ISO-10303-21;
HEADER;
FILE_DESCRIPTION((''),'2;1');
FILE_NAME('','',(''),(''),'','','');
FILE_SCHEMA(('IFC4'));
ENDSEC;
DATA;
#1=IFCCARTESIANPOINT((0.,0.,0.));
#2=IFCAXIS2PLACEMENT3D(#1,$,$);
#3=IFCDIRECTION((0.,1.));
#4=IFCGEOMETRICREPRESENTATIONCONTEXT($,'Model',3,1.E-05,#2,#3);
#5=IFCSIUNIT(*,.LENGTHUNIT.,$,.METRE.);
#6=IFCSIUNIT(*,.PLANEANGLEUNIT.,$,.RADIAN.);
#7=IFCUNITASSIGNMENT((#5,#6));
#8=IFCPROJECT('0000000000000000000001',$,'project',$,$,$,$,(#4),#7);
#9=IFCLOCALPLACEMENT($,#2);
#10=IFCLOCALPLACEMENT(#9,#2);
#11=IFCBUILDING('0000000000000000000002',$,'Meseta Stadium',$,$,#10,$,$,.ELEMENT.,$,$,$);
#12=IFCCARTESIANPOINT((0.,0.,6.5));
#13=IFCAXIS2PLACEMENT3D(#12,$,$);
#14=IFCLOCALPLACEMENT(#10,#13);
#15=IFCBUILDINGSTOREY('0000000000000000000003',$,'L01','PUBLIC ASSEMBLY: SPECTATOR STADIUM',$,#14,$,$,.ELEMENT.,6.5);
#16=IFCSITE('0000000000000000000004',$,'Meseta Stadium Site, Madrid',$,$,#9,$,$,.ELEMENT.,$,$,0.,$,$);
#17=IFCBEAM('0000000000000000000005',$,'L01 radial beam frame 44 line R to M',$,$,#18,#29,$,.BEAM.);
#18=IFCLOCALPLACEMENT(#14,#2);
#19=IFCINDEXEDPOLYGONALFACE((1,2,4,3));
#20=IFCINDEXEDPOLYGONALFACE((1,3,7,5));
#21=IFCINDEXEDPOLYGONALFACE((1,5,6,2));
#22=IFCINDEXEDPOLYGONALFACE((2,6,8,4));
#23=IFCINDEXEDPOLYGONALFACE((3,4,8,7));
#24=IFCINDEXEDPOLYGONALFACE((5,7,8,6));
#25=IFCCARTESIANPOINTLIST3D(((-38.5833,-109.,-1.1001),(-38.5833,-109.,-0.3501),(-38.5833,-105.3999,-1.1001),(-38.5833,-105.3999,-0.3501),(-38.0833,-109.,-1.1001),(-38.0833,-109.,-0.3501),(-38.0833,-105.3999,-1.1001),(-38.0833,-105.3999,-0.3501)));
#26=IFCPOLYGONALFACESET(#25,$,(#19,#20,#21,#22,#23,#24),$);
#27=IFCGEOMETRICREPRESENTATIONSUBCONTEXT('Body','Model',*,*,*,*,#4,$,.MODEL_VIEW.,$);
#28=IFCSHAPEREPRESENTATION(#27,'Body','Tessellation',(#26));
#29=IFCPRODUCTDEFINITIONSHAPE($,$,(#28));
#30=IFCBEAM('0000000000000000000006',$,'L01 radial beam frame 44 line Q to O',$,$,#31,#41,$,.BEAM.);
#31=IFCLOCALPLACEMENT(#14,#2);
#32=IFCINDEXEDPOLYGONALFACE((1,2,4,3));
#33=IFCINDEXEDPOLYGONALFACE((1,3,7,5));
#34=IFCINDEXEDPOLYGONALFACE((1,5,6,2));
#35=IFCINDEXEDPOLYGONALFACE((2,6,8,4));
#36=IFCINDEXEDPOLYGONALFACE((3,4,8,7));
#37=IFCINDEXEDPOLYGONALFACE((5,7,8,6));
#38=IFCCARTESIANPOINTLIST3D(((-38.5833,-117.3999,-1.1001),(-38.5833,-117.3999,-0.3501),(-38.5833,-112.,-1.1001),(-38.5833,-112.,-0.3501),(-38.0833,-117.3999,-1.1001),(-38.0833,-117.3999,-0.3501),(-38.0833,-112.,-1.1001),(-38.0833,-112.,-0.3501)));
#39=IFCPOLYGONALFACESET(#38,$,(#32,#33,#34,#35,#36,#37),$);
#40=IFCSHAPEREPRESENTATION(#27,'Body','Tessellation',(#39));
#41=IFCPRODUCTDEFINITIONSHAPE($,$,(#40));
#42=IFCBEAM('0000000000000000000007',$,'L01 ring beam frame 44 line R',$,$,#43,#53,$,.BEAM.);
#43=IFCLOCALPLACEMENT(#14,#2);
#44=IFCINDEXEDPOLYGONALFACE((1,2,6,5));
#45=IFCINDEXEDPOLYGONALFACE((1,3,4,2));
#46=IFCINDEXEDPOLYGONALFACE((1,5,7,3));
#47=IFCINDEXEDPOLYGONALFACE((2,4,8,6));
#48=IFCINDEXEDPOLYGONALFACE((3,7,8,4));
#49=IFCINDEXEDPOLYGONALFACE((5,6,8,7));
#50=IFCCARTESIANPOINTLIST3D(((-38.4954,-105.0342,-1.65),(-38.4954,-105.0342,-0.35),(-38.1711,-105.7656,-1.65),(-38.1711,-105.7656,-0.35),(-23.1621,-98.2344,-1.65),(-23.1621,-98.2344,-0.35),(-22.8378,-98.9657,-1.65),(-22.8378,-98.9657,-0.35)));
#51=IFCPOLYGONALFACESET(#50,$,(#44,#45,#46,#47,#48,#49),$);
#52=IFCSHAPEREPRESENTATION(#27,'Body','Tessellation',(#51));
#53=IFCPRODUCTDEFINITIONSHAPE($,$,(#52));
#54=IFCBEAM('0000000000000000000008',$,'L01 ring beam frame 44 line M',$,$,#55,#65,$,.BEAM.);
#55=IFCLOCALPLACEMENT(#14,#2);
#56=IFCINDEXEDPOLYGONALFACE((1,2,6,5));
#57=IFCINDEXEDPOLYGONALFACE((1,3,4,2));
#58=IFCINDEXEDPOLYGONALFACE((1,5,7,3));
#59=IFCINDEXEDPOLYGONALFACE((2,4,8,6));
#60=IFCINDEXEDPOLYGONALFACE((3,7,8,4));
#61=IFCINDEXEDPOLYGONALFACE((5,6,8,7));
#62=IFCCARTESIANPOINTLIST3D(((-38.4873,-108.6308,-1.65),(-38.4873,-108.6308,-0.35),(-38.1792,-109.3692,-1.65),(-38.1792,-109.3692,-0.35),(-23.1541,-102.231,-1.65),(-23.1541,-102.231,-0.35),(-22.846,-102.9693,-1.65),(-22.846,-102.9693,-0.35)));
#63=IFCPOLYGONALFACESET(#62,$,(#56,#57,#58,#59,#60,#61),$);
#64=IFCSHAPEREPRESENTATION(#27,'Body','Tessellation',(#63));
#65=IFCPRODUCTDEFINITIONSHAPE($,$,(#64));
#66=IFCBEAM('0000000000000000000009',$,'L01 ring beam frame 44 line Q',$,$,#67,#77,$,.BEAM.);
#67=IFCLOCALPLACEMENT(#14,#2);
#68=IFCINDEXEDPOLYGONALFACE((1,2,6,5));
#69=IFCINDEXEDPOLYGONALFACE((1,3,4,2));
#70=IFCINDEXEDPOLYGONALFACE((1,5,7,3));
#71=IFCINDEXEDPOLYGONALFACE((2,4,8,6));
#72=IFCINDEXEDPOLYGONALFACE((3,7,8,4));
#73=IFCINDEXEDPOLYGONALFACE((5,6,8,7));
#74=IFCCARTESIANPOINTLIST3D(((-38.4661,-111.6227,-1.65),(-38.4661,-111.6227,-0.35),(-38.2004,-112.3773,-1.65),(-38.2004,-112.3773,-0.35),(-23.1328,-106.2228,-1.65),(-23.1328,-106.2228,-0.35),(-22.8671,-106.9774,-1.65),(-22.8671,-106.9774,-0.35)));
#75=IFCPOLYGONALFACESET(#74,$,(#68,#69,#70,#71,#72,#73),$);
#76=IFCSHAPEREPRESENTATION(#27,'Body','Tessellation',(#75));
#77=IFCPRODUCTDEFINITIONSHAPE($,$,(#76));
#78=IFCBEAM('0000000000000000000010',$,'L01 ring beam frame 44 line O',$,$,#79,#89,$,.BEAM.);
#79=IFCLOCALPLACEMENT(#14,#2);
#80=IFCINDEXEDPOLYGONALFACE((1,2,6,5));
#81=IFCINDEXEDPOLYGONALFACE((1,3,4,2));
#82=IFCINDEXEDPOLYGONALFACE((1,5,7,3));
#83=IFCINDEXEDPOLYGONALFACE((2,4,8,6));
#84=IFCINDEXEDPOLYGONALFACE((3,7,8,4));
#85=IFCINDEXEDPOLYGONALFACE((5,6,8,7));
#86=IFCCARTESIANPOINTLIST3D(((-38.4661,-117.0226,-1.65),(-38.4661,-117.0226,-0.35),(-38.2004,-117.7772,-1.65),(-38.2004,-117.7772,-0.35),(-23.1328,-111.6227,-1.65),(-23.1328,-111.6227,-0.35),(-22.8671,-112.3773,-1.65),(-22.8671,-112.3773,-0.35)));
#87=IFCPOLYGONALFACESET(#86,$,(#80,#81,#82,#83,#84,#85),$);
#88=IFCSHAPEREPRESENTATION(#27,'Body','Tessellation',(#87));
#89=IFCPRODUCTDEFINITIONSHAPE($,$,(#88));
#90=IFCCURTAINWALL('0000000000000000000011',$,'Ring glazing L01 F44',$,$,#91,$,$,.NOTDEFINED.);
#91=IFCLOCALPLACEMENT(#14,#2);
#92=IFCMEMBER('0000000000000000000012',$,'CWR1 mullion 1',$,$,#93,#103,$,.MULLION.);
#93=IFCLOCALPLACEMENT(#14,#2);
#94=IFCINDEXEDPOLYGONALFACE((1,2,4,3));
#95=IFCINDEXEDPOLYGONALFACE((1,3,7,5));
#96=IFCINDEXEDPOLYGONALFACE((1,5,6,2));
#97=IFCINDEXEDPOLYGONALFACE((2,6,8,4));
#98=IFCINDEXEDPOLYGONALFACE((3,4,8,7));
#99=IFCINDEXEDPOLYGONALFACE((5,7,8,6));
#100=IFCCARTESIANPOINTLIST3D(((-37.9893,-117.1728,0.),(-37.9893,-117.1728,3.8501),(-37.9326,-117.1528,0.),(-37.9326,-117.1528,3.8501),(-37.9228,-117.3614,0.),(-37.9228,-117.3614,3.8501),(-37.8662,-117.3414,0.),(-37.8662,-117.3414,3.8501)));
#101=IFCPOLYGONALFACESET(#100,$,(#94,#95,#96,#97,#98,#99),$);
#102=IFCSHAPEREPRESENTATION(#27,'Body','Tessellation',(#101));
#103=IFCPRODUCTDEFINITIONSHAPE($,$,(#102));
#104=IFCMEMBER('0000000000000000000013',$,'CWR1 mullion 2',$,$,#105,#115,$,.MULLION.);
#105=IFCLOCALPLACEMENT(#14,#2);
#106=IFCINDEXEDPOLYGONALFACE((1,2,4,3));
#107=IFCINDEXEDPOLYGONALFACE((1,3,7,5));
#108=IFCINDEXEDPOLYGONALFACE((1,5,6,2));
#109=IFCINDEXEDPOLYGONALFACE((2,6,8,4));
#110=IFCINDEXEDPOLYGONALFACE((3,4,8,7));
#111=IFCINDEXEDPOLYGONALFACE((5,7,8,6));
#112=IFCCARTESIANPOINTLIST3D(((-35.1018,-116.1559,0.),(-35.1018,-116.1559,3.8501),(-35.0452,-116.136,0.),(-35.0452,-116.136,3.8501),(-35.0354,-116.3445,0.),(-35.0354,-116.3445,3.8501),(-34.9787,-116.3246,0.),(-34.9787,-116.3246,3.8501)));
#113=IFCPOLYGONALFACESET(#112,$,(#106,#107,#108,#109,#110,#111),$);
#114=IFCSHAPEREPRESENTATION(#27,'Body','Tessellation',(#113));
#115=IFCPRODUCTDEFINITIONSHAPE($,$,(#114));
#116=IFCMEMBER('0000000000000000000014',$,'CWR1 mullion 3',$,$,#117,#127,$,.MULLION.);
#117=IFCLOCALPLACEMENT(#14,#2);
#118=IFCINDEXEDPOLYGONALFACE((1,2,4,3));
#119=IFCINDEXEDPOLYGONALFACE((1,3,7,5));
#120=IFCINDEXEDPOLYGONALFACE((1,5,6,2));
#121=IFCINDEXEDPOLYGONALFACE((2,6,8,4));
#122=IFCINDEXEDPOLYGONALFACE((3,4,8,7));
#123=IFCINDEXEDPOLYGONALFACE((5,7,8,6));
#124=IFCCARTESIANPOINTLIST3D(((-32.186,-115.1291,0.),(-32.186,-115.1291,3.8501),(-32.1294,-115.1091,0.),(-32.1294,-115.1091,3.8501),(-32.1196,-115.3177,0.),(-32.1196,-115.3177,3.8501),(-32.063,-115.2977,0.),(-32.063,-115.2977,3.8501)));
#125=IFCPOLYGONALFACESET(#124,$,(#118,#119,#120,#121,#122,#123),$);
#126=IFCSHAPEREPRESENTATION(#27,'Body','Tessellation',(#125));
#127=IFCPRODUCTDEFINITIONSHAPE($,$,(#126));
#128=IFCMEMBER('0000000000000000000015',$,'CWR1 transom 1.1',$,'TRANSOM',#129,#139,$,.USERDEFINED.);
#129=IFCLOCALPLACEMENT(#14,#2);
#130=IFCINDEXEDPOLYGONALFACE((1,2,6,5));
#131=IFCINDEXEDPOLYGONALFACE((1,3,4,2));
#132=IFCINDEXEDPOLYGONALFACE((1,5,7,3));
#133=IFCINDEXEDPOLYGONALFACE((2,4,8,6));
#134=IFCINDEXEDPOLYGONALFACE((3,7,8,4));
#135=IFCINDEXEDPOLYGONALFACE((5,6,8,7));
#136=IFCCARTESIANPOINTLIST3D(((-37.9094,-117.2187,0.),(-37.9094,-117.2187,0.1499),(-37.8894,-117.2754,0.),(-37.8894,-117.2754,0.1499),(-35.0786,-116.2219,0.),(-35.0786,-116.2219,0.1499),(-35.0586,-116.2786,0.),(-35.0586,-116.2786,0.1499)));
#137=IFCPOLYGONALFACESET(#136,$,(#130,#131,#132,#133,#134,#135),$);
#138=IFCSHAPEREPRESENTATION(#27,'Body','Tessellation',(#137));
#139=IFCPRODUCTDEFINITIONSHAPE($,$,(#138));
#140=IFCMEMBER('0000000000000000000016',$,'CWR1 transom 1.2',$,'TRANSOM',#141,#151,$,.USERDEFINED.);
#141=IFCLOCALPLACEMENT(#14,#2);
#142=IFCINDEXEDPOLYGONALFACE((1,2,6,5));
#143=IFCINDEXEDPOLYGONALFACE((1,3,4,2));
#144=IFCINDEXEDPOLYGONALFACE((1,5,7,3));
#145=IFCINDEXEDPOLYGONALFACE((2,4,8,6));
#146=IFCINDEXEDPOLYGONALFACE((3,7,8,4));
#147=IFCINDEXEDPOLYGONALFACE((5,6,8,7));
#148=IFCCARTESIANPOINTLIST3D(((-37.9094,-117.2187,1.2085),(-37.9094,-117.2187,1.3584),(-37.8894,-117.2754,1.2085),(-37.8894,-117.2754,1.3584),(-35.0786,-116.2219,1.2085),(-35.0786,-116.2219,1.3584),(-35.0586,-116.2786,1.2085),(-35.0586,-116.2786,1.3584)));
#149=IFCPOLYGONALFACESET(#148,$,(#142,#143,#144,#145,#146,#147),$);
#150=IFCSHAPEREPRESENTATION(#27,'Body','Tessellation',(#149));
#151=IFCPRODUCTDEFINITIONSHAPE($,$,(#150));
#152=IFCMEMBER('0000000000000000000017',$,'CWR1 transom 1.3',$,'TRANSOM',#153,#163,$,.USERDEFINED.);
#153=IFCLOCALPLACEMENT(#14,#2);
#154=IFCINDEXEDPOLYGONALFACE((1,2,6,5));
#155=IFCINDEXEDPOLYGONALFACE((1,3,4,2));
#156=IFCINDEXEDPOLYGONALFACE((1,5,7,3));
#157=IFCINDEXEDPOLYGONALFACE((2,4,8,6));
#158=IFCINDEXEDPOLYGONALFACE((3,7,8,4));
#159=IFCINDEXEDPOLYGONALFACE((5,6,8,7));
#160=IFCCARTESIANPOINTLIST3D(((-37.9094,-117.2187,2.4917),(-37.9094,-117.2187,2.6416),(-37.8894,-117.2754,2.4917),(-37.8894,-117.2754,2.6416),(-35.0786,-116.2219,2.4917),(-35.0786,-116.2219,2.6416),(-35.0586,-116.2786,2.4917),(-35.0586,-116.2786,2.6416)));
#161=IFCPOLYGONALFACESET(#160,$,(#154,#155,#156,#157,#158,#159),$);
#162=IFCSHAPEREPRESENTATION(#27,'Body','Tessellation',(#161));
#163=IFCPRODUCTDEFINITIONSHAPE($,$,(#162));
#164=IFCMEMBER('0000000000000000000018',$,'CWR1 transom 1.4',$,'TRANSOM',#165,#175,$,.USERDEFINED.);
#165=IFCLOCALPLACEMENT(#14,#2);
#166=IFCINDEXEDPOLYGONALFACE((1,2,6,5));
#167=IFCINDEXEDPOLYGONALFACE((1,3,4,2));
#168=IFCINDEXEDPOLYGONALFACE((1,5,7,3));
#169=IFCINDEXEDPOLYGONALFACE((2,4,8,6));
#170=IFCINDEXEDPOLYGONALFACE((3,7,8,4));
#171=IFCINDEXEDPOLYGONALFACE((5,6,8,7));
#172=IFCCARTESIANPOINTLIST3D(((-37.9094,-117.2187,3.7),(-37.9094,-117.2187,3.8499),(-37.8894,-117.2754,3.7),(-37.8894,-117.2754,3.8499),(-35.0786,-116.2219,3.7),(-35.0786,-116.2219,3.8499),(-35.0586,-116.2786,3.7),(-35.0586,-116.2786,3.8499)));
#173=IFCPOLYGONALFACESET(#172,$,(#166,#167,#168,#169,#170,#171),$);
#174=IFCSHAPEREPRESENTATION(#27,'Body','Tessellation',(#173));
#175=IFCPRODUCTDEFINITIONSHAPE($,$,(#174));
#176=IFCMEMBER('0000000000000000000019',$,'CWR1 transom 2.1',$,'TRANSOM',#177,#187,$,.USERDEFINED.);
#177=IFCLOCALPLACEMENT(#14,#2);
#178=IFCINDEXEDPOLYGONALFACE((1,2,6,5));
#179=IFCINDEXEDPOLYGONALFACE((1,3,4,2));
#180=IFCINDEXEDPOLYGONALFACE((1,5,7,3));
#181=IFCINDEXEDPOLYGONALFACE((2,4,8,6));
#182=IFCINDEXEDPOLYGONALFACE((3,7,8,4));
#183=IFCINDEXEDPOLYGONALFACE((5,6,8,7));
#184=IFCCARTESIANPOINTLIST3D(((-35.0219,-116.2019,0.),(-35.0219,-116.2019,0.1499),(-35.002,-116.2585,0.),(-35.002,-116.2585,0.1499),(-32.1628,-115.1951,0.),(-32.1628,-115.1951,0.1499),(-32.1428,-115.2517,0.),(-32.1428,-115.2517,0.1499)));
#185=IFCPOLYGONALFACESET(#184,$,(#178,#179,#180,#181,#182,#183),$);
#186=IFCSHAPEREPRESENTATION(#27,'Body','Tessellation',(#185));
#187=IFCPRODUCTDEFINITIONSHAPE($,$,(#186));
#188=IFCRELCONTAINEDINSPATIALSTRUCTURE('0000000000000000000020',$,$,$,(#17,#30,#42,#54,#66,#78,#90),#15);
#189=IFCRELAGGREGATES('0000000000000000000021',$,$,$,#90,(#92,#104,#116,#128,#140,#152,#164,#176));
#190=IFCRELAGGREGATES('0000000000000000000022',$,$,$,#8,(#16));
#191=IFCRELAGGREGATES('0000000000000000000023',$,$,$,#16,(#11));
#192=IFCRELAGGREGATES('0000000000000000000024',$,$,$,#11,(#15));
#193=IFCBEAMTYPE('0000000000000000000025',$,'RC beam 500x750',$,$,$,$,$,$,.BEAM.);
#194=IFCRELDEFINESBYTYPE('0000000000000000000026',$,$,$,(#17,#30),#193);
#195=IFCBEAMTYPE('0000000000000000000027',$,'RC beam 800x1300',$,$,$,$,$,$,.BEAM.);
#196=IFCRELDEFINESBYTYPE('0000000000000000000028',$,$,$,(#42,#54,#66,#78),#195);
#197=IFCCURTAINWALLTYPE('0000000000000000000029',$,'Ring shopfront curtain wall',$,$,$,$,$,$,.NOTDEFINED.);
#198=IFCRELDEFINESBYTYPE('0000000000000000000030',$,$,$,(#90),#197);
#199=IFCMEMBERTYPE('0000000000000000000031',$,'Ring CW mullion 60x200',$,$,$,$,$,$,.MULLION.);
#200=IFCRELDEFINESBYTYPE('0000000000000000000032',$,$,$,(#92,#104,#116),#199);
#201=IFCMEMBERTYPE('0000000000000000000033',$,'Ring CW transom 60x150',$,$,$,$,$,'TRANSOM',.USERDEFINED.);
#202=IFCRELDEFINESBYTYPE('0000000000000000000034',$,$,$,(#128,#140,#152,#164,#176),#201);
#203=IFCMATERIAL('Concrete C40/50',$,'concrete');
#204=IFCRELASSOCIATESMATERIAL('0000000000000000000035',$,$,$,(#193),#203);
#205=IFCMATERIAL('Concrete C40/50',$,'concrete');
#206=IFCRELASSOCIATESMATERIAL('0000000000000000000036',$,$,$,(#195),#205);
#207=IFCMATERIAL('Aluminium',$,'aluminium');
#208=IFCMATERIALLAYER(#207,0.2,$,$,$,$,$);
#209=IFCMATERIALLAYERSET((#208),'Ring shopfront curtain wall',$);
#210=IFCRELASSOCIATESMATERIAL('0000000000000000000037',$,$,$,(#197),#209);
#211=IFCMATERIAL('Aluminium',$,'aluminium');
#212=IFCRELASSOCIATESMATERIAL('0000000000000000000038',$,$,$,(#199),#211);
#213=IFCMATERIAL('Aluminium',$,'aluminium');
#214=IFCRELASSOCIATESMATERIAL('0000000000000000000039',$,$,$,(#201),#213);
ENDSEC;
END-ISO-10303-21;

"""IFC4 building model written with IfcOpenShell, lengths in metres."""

from ifc_helpers import new_model, si_unit, direction, frame, origin, origin_2d, place, context, subcontext, project, spatial, rectangle, extrude, material, layer, layer_set, material_profile, profile_set, type_object, element, aggregate, save


model = new_model("IFC4")

# Units and contexts
model_context = context("Model", 3, precision=1e-05, world=origin(), true_north=direction((0.0, 1.0)))
body_context = subcontext(model_context, "Body", "Model", "MODEL_VIEW")
ifc_project = project(units=[si_unit("LENGTHUNIT", "METRE"), si_unit("PLANEANGLEUNIT", "RADIAN")], contexts=[model_context])

# Site, building, storey
site_placement = place(None, origin())
site = spatial("IfcSite", under=ifc_project, at=site_placement, Name="Meseta Stadium Site, Madrid", CompositionType="ELEMENT", RefElevation=0.0)
building_placement = place(site_placement, origin())
building = spatial("IfcBuilding", under=site, at=building_placement, Name="Meseta Stadium", CompositionType="ELEMENT")
storey_placement = place(building_placement, frame((0.0, 0.0, 6.5)))
storey = spatial("IfcBuildingStorey", under=building, at=storey_placement, Name="L01", Description="PUBLIC ASSEMBLY: SPECTATOR STADIUM", CompositionType="ELEMENT", Elevation=6.5)

# Beams
ifc_material_1 = material(Name="Concrete C40/50", Category="concrete")
ifc_material_profile_1 = material_profile(ifc_material_1, rectangle(XDim=0.5, YDim=0.75, at=origin_2d()), Name="RC 500x750")
ifc_profile_set_1 = profile_set([ifc_material_profile_1], Name="Concrete C40/50")
beam_type_1 = type_object("IfcBeamType", Name="RC beam 500x750", PredefinedType="BEAM", material=ifc_profile_set_1)
beam_1_placement = place(storey_placement, frame((-38.3333, -105.3999, -0.7251), z_axis=(0.0, -1.0, 0.0), x_axis=(1.0, 0.0, 0.0)))
element("IfcBeam", 1, at=beam_1_placement, inside=storey, type_object=beam_type_1, Name="L01 radial beam frame 44 line R to M", PredefinedType="BEAM", context=body_context, shape_type="SweptSolid", body=[
    extrude(rectangle(XDim=0.5, YDim=0.75, at=origin_2d()), origin(), (0.0, 0.0, 1.0), 3.6001),
])
beam_2_placement = place(storey_placement, frame((-38.3333, -112.0, -0.7251), z_axis=(0.0, -1.0, 0.0), x_axis=(1.0, 0.0, 0.0)))
element("IfcBeam", 2, at=beam_2_placement, inside=storey, type_object=beam_type_1, Name="L01 radial beam frame 44 line Q to O", PredefinedType="BEAM", context=body_context, shape_type="SweptSolid", body=[
    extrude(rectangle(XDim=0.5, YDim=0.75, at=origin_2d()), origin(), (0.0, 0.0, 1.0), 5.3999),
])
ifc_material_2 = material(Name="Concrete C40/50", Category="concrete")
ifc_material_profile_2 = material_profile(ifc_material_2, rectangle(XDim=0.8, YDim=1.3, at=origin_2d()), Name="RC 800x1300")
ifc_profile_set_2 = profile_set([ifc_material_profile_2], Name="Concrete C40/50")
beam_type_2 = type_object("IfcBeamType", Name="RC beam 800x1300", PredefinedType="BEAM", material=ifc_profile_set_2)
beam_3_placement = place(storey_placement, frame((-38.3333, -105.3999, -1.0), z_axis=(0.914143, 0.405393, 0.0), x_axis=(-0.405393, 0.914143, 0.0)))
element("IfcBeam", 3, at=beam_3_placement, inside=storey, type_object=beam_type_2, Name="L01 ring beam frame 44 line R", PredefinedType="BEAM", context=body_context, shape_type="SweptSolid", body=[
    extrude(rectangle(XDim=0.8, YDim=1.3, at=origin_2d()), origin(), (0.0, 0.0, 1.0), 16.7734),
])
beam_4_placement = place(storey_placement, frame((-38.3333, -109.0, -1.0), z_axis=(0.922841, 0.385182, 0.0), x_axis=(-0.385182, 0.922841, 0.0)))
element("IfcBeam", 4, at=beam_4_placement, inside=storey, type_object=beam_type_2, Name="L01 ring beam frame 44 line M", PredefinedType="BEAM", context=body_context, shape_type="SweptSolid", body=[
    extrude(rectangle(XDim=0.8, YDim=1.3, at=origin_2d()), origin(), (0.0, 0.0, 1.0), 16.6152),
])
for number, where, z_axis, x_axis, name in (
    (5, (-38.3333, -112.0, -1.0), (0.943219, 0.332173, 0.0), (-0.332173, 0.943219, 0.0), "L01 ring beam frame 44 line Q"),
    (6, (-38.3333, -117.3999, -1.0), (0.943219, 0.332173, 0.0), (-0.332173, 0.943219, 0.0), "L01 ring beam frame 44 line O"),
):
    element("IfcBeam", number, at=place(storey_placement, frame(where, z_axis=z_axis, x_axis=x_axis)), inside=storey, type_object=beam_type_2, Name=name, PredefinedType="BEAM", context=body_context, shape_type="SweptSolid", body=[
        extrude(rectangle(XDim=0.8, YDim=1.3, at=origin_2d()), origin(), (0.0, 0.0, 1.0), 16.2563),
    ])

# Curtain wall, members
ifc_material_3 = material(Name="Aluminium", Category="aluminium")
ifc_layer_1 = layer(ifc_material_3, 0.2)
ifc_layer_set_1 = layer_set([ifc_layer_1], Name="Ring shopfront curtain wall")
curtain_wall_type = type_object("IfcCurtainWallType", Name="Ring shopfront curtain wall", PredefinedType="NOTDEFINED", material=ifc_layer_set_1)
curtain_wall_placement = place(storey_placement, origin())
curtain_wall = element("IfcCurtainWall", 7, at=curtain_wall_placement, inside=storey, type_object=curtain_wall_type, Name="Ring glazing L01 F44", PredefinedType="NOTDEFINED")
ifc_material_4 = material(Name="Aluminium", Category="aluminium")
ifc_material_profile_3 = material_profile(ifc_material_4, rectangle(XDim=0.2, YDim=0.0601, at=origin_2d()), Name="CW 200x60")
ifc_profile_set_3 = profile_set([ifc_material_profile_3], Name="Aluminium")
member_type_1 = type_object("IfcMemberType", Name="Ring CW mullion 60x200", PredefinedType="MULLION", material=ifc_profile_set_3)
member_1_placement = place(storey_placement, frame((-37.9277, -117.2571, 0.0), z_axis=(0.0, 0.0, 1.0), x_axis=(-0.332174, 0.943218, 0.0)))
member_1 = element("IfcMember", 8, at=member_1_placement, type_object=member_type_1, Name="CWR1 mullion 1", PredefinedType="MULLION", context=body_context, shape_type="SweptSolid", body=[
    extrude(rectangle(XDim=0.2, YDim=0.0601, at=origin_2d()), origin(), (0.0, 0.0, 1.0), 3.8501),
])
member_2_placement = place(storey_placement, frame((-35.0403, -116.2402, 0.0), z_axis=(0.0, 0.0, 1.0), x_axis=(-0.332174, 0.943218, 0.0)))
member_2 = element("IfcMember", 9, at=member_2_placement, type_object=member_type_1, Name="CWR1 mullion 2", PredefinedType="MULLION", context=body_context, shape_type="SweptSolid", body=[
    extrude(rectangle(XDim=0.2, YDim=0.0601, at=origin_2d()), origin(), (0.0, 0.0, 1.0), 3.8501),
])
member_3_placement = place(storey_placement, frame((-32.1245, -115.2134, 0.0), z_axis=(0.0, 0.0, 1.0), x_axis=(-0.332174, 0.943218, 0.0)))
member_3 = element("IfcMember", 10, at=member_3_placement, type_object=member_type_1, Name="CWR1 mullion 3", PredefinedType="MULLION", context=body_context, shape_type="SweptSolid", body=[
    extrude(rectangle(XDim=0.2, YDim=0.0601, at=origin_2d()), origin(), (0.0, 0.0, 1.0), 3.8501),
])
ifc_material_5 = material(Name="Aluminium", Category="aluminium")
ifc_material_profile_4 = material_profile(ifc_material_5, rectangle(XDim=0.0601, YDim=0.1499, at=origin_2d()), Name="CW 60x150")
ifc_profile_set_4 = profile_set([ifc_material_profile_4], Name="Aluminium")
member_type_2 = type_object("IfcMemberType", Name="Ring CW transom 60x150", ElementType="TRANSOM", PredefinedType="USERDEFINED", material=ifc_profile_set_4)
member_4_placement = place(storey_placement, frame((-37.8994, -117.2471, 0.075), z_axis=(0.943229, 0.332143, 0.0), x_axis=(-0.332143, 0.943229, 0.0)))
member_4 = element("IfcMember", 11, at=member_4_placement, type_object=member_type_2, Name="CWR1 transom 1.1", ObjectType="TRANSOM", PredefinedType="USERDEFINED", context=body_context, shape_type="SweptSolid", body=[
    extrude(rectangle(XDim=0.0601, YDim=0.1499, at=origin_2d()), origin(), (0.0, 0.0, 1.0), 3.0012),
])
member_5_placement = place(storey_placement, frame((-37.8994, -117.2471, 1.2834), z_axis=(0.943229, 0.332143, 0.0), x_axis=(-0.332143, 0.943229, 0.0)))
member_5 = element("IfcMember", 12, at=member_5_placement, type_object=member_type_2, Name="CWR1 transom 1.2", ObjectType="TRANSOM", PredefinedType="USERDEFINED", context=body_context, shape_type="SweptSolid", body=[
    extrude(rectangle(XDim=0.0601, YDim=0.1499, at=origin_2d()), origin(), (0.0, 0.0, 1.0), 3.0012),
])
member_6_placement = place(storey_placement, frame((-37.8994, -117.2471, 2.5667), z_axis=(0.943229, 0.332143, 0.0), x_axis=(-0.332143, 0.943229, 0.0)))
member_6 = element("IfcMember", 13, at=member_6_placement, type_object=member_type_2, Name="CWR1 transom 1.3", ObjectType="TRANSOM", PredefinedType="USERDEFINED", context=body_context, shape_type="SweptSolid", body=[
    extrude(rectangle(XDim=0.0601, YDim=0.1499, at=origin_2d()), origin(), (0.0, 0.0, 1.0), 3.0012),
])
member_7_placement = place(storey_placement, frame((-37.8994, -117.2471, 3.7749), z_axis=(0.943229, 0.332143, 0.0), x_axis=(-0.332143, 0.943229, 0.0)))
member_7 = element("IfcMember", 14, at=member_7_placement, type_object=member_type_2, Name="CWR1 transom 1.4", ObjectType="TRANSOM", PredefinedType="USERDEFINED", context=body_context, shape_type="SweptSolid", body=[
    extrude(rectangle(XDim=0.0601, YDim=0.1499, at=origin_2d()), origin(), (0.0, 0.0, 1.0), 3.0012),
])
member_8_placement = place(storey_placement, frame((-35.012, -116.2302, 0.075), z_axis=(0.943225, 0.332154, 0.0), x_axis=(-0.332154, 0.943225, 0.0)))
member_8 = element("IfcMember", 15, at=member_8_placement, type_object=member_type_2, Name="CWR1 transom 2.1", ObjectType="TRANSOM", PredefinedType="USERDEFINED", context=body_context, shape_type="SweptSolid", body=[
    extrude(rectangle(XDim=0.0601, YDim=0.1499, at=origin_2d()), origin(), (0.0, 0.0, 1.0), 3.0312),
])
aggregate(curtain_wall, [member_1, member_2, member_3, member_4, member_5, member_6, member_7, member_8])

save(model, "model.ifc")
